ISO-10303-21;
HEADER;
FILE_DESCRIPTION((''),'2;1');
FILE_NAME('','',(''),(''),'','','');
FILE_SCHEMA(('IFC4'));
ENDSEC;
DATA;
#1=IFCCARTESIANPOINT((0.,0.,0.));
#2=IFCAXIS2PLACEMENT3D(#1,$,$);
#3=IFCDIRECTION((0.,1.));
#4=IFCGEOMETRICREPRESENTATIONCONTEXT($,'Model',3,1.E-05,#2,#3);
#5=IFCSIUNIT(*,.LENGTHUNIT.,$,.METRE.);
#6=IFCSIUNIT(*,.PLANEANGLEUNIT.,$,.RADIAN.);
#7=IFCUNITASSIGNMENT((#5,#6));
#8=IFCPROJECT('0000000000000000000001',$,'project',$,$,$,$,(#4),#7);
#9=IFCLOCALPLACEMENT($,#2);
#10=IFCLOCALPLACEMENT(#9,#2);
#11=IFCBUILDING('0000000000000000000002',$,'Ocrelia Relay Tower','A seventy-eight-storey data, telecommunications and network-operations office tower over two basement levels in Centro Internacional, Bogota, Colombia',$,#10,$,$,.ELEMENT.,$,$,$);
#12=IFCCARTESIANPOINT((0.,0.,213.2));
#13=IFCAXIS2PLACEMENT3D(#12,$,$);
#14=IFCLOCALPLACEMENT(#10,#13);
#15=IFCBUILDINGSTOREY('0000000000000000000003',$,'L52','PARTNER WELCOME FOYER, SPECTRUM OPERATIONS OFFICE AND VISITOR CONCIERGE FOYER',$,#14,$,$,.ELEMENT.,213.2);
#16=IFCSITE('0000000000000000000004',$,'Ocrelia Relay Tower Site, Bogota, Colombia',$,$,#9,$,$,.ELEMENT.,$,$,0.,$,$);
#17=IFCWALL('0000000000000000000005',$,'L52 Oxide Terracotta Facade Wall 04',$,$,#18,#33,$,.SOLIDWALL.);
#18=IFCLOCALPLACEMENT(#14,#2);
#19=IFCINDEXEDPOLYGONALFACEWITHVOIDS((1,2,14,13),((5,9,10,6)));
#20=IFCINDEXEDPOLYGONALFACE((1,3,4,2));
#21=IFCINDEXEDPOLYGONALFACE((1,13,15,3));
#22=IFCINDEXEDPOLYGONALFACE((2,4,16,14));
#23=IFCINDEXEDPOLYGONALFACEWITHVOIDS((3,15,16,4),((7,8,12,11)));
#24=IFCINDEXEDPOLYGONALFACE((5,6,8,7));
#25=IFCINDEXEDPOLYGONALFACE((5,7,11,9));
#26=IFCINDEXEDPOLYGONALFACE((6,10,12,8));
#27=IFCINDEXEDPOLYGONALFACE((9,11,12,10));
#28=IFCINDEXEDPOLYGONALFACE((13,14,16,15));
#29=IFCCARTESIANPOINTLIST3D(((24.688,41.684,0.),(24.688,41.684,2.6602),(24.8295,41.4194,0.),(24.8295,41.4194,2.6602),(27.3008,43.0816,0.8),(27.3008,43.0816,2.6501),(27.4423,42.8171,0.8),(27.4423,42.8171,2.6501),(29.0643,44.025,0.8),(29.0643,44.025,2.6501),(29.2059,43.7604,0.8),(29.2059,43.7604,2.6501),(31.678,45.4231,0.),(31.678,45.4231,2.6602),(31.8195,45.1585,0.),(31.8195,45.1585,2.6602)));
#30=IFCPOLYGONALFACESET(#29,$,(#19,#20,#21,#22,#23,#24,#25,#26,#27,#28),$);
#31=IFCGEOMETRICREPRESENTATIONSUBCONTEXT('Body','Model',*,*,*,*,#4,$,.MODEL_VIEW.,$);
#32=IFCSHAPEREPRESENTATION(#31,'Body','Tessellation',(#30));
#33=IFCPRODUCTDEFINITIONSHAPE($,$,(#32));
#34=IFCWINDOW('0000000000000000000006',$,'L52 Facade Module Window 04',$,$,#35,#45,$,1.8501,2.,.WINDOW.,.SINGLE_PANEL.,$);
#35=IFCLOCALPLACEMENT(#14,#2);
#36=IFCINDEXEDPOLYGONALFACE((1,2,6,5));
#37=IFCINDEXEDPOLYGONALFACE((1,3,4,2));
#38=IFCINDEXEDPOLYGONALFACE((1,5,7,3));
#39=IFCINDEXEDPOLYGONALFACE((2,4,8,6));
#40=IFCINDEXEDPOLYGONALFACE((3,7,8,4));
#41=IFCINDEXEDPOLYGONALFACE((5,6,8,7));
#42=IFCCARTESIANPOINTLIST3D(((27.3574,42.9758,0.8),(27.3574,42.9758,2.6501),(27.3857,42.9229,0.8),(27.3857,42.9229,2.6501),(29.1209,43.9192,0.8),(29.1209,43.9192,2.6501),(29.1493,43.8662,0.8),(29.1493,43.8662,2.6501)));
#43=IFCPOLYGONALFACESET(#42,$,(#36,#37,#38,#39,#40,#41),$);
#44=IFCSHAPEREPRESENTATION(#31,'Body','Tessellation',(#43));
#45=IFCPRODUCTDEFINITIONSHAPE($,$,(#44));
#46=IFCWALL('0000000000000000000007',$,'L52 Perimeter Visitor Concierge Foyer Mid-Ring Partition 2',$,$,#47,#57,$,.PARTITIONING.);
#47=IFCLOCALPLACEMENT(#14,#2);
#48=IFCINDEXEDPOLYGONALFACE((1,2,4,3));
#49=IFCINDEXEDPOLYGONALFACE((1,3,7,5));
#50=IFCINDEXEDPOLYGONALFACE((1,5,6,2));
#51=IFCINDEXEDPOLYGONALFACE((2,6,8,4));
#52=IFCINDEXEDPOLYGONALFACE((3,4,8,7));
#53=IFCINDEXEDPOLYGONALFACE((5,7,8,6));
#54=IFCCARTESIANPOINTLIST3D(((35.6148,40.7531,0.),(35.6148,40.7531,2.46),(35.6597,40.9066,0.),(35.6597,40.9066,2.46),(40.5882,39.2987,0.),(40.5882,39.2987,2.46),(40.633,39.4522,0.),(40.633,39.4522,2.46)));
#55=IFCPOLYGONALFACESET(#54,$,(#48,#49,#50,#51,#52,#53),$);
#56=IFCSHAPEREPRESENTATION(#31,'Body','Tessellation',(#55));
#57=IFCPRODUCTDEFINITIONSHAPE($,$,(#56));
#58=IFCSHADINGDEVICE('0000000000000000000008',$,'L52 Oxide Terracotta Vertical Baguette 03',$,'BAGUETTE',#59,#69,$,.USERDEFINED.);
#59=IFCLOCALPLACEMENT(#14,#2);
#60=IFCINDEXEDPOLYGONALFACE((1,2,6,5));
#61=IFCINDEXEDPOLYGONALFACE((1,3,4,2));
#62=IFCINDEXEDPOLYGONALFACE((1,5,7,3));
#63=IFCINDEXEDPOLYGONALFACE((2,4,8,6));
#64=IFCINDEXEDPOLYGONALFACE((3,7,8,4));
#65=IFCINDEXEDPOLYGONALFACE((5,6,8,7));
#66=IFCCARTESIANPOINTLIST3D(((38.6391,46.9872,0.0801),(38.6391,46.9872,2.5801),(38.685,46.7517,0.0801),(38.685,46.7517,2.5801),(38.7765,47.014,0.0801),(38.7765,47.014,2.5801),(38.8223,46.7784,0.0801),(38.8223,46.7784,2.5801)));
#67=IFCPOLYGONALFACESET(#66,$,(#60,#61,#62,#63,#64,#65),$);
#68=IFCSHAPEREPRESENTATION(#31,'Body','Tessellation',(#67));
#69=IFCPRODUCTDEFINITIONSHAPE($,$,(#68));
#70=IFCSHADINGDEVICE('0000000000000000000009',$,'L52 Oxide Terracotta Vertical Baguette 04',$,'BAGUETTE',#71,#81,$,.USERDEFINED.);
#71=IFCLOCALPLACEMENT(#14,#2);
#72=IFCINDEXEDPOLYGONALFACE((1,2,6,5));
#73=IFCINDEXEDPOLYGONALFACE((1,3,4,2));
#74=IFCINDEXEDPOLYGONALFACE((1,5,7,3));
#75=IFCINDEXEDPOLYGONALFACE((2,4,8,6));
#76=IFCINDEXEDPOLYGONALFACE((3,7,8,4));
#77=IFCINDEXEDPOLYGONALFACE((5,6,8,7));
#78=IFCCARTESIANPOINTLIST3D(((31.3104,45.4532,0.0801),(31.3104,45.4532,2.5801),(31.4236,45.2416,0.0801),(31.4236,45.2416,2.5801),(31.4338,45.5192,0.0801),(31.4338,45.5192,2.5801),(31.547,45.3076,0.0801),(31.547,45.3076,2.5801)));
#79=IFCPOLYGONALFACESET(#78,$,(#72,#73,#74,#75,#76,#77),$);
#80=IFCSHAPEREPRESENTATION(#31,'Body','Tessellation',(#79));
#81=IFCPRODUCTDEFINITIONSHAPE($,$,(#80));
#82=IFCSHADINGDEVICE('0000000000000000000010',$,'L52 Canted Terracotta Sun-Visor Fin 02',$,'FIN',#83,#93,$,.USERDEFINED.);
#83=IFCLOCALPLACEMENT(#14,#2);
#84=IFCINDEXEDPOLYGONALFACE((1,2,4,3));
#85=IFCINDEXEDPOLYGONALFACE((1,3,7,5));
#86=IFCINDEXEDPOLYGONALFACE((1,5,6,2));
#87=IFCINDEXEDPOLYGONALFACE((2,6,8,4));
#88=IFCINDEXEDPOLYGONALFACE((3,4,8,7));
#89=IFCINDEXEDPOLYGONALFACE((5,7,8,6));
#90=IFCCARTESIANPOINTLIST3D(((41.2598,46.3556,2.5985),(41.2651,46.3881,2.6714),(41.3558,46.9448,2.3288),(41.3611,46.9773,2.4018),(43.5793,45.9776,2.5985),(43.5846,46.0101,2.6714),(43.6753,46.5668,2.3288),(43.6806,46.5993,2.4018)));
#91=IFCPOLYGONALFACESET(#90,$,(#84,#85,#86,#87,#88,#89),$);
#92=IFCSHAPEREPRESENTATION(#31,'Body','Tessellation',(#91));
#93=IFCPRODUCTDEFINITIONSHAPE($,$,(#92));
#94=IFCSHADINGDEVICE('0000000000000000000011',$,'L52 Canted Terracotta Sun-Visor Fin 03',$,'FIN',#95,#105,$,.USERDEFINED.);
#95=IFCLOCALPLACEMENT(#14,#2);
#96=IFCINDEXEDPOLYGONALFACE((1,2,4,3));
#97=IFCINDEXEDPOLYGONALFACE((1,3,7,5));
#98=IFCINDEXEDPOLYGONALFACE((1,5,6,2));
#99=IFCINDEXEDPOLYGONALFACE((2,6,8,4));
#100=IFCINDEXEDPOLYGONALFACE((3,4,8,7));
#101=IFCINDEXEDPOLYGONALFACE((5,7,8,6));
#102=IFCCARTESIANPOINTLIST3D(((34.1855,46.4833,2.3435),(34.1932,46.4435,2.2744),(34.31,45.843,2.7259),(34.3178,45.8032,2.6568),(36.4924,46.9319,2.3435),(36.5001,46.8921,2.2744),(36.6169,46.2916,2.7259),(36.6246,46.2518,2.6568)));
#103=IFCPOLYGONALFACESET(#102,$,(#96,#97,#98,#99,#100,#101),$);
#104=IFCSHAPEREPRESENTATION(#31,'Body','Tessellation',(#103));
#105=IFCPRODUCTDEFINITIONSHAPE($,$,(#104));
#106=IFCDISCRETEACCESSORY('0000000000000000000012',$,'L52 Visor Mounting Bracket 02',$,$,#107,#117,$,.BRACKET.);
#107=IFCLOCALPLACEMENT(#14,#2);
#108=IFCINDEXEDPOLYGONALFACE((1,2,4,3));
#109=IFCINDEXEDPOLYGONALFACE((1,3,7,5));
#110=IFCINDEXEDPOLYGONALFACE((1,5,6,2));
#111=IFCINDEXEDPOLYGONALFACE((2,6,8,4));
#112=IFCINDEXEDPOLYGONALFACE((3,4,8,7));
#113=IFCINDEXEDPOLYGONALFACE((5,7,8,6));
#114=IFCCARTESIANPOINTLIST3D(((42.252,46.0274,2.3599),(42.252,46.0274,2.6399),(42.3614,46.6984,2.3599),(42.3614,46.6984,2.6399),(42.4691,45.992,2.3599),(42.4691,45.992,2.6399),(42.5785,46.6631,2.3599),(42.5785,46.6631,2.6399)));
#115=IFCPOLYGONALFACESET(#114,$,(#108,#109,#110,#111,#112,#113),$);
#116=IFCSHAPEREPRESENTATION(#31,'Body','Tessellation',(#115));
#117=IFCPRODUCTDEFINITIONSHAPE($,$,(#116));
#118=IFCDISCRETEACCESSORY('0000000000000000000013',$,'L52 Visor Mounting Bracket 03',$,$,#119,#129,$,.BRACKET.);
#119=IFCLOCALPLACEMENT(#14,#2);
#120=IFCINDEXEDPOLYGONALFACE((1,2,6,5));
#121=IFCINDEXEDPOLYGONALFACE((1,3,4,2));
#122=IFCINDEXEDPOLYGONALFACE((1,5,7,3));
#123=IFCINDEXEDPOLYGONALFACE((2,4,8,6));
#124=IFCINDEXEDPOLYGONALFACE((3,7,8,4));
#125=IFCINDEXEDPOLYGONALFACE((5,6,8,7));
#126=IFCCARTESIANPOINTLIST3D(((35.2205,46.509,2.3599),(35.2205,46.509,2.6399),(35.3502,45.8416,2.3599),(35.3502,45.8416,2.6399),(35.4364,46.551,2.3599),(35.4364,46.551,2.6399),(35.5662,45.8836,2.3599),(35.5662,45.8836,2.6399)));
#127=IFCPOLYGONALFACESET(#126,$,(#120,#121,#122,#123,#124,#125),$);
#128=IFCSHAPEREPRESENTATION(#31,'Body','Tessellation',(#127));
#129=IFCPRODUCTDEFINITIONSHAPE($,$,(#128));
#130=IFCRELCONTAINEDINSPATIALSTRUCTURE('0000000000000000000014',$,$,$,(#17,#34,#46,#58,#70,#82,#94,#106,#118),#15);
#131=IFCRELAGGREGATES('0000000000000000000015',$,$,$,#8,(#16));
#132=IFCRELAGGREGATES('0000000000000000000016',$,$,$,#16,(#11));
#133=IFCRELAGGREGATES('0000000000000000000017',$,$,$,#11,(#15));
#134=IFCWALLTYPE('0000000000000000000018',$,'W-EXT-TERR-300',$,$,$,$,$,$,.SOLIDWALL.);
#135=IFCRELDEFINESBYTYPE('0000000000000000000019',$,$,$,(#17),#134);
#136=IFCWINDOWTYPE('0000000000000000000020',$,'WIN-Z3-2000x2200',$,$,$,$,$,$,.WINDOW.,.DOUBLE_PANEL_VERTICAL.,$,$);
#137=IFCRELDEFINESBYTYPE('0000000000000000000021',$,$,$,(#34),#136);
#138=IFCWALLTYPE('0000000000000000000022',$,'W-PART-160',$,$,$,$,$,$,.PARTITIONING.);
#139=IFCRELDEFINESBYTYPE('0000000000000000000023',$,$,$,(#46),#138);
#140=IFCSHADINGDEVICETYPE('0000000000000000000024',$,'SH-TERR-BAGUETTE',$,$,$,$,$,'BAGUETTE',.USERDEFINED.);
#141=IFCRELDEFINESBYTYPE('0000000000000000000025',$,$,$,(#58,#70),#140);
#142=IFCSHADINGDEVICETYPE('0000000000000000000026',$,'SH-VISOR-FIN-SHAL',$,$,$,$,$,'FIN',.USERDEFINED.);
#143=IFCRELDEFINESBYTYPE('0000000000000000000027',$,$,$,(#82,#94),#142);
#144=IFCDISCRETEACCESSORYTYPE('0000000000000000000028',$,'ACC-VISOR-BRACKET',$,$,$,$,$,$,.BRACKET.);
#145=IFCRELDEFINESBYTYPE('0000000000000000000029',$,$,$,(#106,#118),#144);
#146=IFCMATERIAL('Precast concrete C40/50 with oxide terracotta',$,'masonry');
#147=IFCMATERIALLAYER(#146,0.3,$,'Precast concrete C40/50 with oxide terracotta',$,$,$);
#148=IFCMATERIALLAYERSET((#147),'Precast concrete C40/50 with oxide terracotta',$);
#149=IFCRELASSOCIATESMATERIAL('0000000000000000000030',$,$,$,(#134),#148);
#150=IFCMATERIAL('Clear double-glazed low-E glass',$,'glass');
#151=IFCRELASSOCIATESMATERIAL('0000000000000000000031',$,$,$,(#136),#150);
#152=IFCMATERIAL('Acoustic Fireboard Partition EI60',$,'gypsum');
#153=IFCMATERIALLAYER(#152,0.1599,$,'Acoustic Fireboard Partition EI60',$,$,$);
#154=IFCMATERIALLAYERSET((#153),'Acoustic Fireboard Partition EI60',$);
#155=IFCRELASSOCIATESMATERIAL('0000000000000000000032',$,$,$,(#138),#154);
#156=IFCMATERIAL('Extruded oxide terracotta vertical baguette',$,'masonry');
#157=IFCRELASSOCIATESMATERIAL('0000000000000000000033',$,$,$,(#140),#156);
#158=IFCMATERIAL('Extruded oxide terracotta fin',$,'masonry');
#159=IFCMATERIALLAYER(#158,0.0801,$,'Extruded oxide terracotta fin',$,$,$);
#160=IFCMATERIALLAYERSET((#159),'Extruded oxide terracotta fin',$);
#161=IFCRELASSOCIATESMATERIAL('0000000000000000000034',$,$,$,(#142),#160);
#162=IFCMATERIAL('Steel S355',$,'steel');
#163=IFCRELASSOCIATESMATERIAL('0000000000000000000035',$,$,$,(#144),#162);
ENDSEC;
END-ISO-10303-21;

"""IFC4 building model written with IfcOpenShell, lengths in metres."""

from ifc_helpers import new_model, si_unit, direction, frame, frame_2d, origin, origin_2d, place, context, subcontext, project, spatial, rectangle, extrude, material, layer, layer_set, type_object, element, fill, save


model = new_model("IFC4")

# Units and contexts
model_context = context("Model", 3, precision=1e-05, world=origin(), true_north=direction((0.0, 1.0)))
body_context = subcontext(model_context, "Body", "Model", "MODEL_VIEW")
ifc_project = project(units=[si_unit("LENGTHUNIT", "METRE"), si_unit("PLANEANGLEUNIT", "RADIAN")], contexts=[model_context])

# Site, building, storey
site_placement = place(None, origin())
site = spatial("IfcSite", under=ifc_project, at=site_placement, Name="Ocrelia Relay Tower Site, Bogota, Colombia", CompositionType="ELEMENT", RefElevation=0.0)
building_placement = place(site_placement, origin())
building = spatial("IfcBuilding", under=site, at=building_placement, Name="Ocrelia Relay Tower", Description="A seventy-eight-storey data, telecommunications and network-operations office tower over two basement levels in Centro Internacional, Bogota, Colombia", CompositionType="ELEMENT")
storey_placement = place(building_placement, frame((0.0, 0.0, 213.2)))
storey = spatial("IfcBuildingStorey", under=building, at=storey_placement, Name="L52", Description="PARTNER WELCOME FOYER, SPECTRUM OPERATIONS OFFICE AND VISITOR CONCIERGE FOYER", CompositionType="ELEMENT", Elevation=213.2)

# Shared definitions
ifc_material_1 = material(Name="Steel S355", Category="steel")

# Wall, opening, window
ifc_material_2 = material(Name="Precast concrete C40/50 with oxide terracotta", Category="masonry")
ifc_layer_1 = layer(ifc_material_2, 0.3, Name="Precast concrete C40/50 with oxide terracotta")
ifc_layer_set_1 = layer_set([ifc_layer_1], Name="Precast concrete C40/50 with oxide terracotta")
wall_type_1 = type_object("IfcWallType", Name="W-EXT-TERR-300", PredefinedType="SOLIDWALL", material=ifc_layer_set_1)
ifc_material_3 = material(Name="Clear double-glazed low-E glass", Category="glass")
window_type = type_object("IfcWindowType", Name="WIN-Z3-2000x2200", PartitioningType="DOUBLE_PANEL_VERTICAL", PredefinedType="WINDOW", material=ifc_material_3)
wall_1_placement = place(storey_placement, frame((31.7488, 45.2908, 0.0), z_axis=(0.0, 0.0, 1.0), x_axis=(-0.881775, -0.47167, 0.0)))
wall_1 = element("IfcWall", 1, at=wall_1_placement, inside=storey, type_object=wall_type_1, Name="L52 Oxide Terracotta Facade Wall 04", PredefinedType="SOLIDWALL", context=body_context, shape_type="SweptSolid", body=[
    extrude(rectangle(XDim=7.9272, YDim=0.3, at=frame_2d((3.9636, 0.0))), origin(), (0.0, 0.0, 1.0), 2.6602),
])
opening_1_placement = place(wall_1_placement, frame((2.9641, 0.0, 0.8)))
opening_1 = element("IfcOpeningElement", 2, at=opening_1_placement, cuts=wall_1, PredefinedType="OPENING", context=body_context, shape_type="SweptSolid", body=[
    extrude(rectangle(XDim=2.0, YDim=1.8501, at=frame_2d((1.0, 0.925))), frame((0.0, 0.1602, 0.0), z_axis=(0.0, -1.0, 0.0), x_axis=(1.0, 0.0, 0.0)), (0.0, 0.0, 1.0), 0.3201),
])
window_1_placement = place(opening_1_placement, origin())
window_1 = element("IfcWindow", 3, at=window_1_placement, inside=storey, type_object=window_type, Name="L52 Facade Module Window 04", OverallHeight=1.8501, OverallWidth=2.0, PartitioningType="SINGLE_PANEL", PredefinedType="WINDOW", context=body_context, shape_type="SweptSolid", body=[
    extrude(rectangle(XDim=2.0, YDim=1.8501, at=frame_2d((1.0, 0.925))), frame((0.0, 0.03, 0.0), z_axis=(0.0, -1.0, 0.0), x_axis=(1.0, 0.0, 0.0)), (0.0, 0.0, 1.0), 0.0601),
])
fill(opening_1, window_1)

# Wall
ifc_material_4 = material(Name="Acoustic Fireboard Partition EI60", Category="gypsum")
ifc_layer_2 = layer(ifc_material_4, 0.1599, Name="Acoustic Fireboard Partition EI60")
ifc_layer_set_2 = layer_set([ifc_layer_2], Name="Acoustic Fireboard Partition EI60")
wall_type_2 = type_object("IfcWallType", Name="W-PART-160", PredefinedType="PARTITIONING", material=ifc_layer_set_2)
wall_2_placement = place(storey_placement, frame((40.6106, 39.3755, 0.0), z_axis=(0.0, 0.0, 1.0), x_axis=(-0.959804, 0.280671, 0.0)))
element("IfcWall", 4, at=wall_2_placement, inside=storey, type_object=wall_type_2, Name="L52 Perimeter Visitor Concierge Foyer Mid-Ring Partition 2", PredefinedType="PARTITIONING", context=body_context, shape_type="SweptSolid", body=[
    extrude(rectangle(XDim=5.1816, YDim=0.1599, at=frame_2d((2.5908, 0.0))), origin(), (0.0, 0.0, 1.0), 2.46),
])

# Shading devices
ifc_material_5 = material(Name="Extruded oxide terracotta vertical baguette", Category="masonry")
shading_device_type_1 = type_object("IfcShadingDeviceType", Name="SH-TERR-BAGUETTE", ElementType="BAGUETTE", PredefinedType="USERDEFINED", material=ifc_material_5)
for number, where, z_axis, x_axis, name in (
    (5, (38.7307, 46.8828, 0.0801), (0.0, 0.0, 1.0), (-0.981612, -0.190888, 0.0), "L52 Oxide Terracotta Vertical Baguette 03"),
    (6, (31.4287, 45.3804, 0.0801), (0.0, 0.0, 1.0), (-0.881781, -0.471658, 0.0), "L52 Oxide Terracotta Vertical Baguette 04"),
):
    element("IfcShadingDevice", number, at=place(storey_placement, frame(where, z_axis=z_axis, x_axis=x_axis)), inside=storey, type_object=shading_device_type_1, Name=name, ObjectType="BAGUETTE", PredefinedType="USERDEFINED", context=body_context, shape_type="SweptSolid", body=[
        extrude(rectangle(XDim=0.1399, YDim=0.24, at=origin_2d()), origin(), (0.0, 0.0, 1.0), 2.5),
    ])
ifc_material_6 = material(Name="Extruded oxide terracotta fin", Category="masonry")
ifc_layer_3 = layer(ifc_material_6, 0.0801, Name="Extruded oxide terracotta fin")
ifc_layer_set_3 = layer_set([ifc_layer_3], Name="Extruded oxide terracotta fin")
shading_device_type_2 = type_object("IfcShadingDeviceType", Name="SH-VISOR-FIN-SHAL", ElementType="FIN", PredefinedType="USERDEFINED", material=ifc_layer_set_3)
shading_device_1_placement = place(storey_placement, frame((42.4675, 46.4612, 2.4636), z_axis=(0.066221, 0.406312, 0.911331), x_axis=(-0.986977, 0.160859, 0.0)))
element("IfcShadingDevice", 7, at=shading_device_1_placement, inside=storey, type_object=shading_device_type_2, Name="L52 Canted Terracotta Sun-Visor Fin 02", ObjectType="FIN", PredefinedType="USERDEFINED", context=body_context, shape_type="SweptSolid", body=[
    extrude(rectangle(XDim=2.3501, YDim=0.655, at=origin_2d()), origin(), (0.0, 0.0, 1.0), 0.0801),
])
shading_device_2_placement = place(storey_placement, frame((35.4089, 46.3477, 2.4656), z_axis=(-0.096538, 0.496433, 0.86269), x_axis=(-0.981612, -0.190888, 0.0)))
element("IfcShadingDevice", 8, at=shading_device_2_placement, inside=storey, type_object=shading_device_type_2, Name="L52 Canted Terracotta Sun-Visor Fin 03", ObjectType="FIN", PredefinedType="USERDEFINED", context=body_context, shape_type="SweptSolid", body=[
    extrude(rectangle(XDim=2.3501, YDim=0.7561, at=origin_2d()), origin(), (0.0, 0.0, 1.0), 0.0801),
])

# Discrete accessories
discrete_accessory_type = type_object("IfcDiscreteAccessoryType", Name="ACC-VISOR-BRACKET", PredefinedType="BRACKET", material=ifc_material_1)
for number, where, z_axis, x_axis, name in (
    (9, (42.4153, 46.3452, 2.3599), (0.0, 0.0, 1.0), (-0.986977, 0.160859, 0.0), "L52 Visor Mounting Bracket 02"),
    (10, (35.3933, 46.1963, 2.3599), (0.0, 0.0, 1.0), (-0.981612, -0.190888, 0.0), "L52 Visor Mounting Bracket 03"),
):
    element("IfcDiscreteAccessory", number, at=place(storey_placement, frame(where, z_axis=z_axis, x_axis=x_axis)), inside=storey, type_object=discrete_accessory_type, Name=name, PredefinedType="BRACKET", context=body_context, shape_type="SweptSolid", body=[
        extrude(rectangle(XDim=0.22, YDim=0.6799, at=origin_2d()), origin(), (0.0, 0.0, 1.0), 0.28),
    ])

save(model, "model.ifc")
